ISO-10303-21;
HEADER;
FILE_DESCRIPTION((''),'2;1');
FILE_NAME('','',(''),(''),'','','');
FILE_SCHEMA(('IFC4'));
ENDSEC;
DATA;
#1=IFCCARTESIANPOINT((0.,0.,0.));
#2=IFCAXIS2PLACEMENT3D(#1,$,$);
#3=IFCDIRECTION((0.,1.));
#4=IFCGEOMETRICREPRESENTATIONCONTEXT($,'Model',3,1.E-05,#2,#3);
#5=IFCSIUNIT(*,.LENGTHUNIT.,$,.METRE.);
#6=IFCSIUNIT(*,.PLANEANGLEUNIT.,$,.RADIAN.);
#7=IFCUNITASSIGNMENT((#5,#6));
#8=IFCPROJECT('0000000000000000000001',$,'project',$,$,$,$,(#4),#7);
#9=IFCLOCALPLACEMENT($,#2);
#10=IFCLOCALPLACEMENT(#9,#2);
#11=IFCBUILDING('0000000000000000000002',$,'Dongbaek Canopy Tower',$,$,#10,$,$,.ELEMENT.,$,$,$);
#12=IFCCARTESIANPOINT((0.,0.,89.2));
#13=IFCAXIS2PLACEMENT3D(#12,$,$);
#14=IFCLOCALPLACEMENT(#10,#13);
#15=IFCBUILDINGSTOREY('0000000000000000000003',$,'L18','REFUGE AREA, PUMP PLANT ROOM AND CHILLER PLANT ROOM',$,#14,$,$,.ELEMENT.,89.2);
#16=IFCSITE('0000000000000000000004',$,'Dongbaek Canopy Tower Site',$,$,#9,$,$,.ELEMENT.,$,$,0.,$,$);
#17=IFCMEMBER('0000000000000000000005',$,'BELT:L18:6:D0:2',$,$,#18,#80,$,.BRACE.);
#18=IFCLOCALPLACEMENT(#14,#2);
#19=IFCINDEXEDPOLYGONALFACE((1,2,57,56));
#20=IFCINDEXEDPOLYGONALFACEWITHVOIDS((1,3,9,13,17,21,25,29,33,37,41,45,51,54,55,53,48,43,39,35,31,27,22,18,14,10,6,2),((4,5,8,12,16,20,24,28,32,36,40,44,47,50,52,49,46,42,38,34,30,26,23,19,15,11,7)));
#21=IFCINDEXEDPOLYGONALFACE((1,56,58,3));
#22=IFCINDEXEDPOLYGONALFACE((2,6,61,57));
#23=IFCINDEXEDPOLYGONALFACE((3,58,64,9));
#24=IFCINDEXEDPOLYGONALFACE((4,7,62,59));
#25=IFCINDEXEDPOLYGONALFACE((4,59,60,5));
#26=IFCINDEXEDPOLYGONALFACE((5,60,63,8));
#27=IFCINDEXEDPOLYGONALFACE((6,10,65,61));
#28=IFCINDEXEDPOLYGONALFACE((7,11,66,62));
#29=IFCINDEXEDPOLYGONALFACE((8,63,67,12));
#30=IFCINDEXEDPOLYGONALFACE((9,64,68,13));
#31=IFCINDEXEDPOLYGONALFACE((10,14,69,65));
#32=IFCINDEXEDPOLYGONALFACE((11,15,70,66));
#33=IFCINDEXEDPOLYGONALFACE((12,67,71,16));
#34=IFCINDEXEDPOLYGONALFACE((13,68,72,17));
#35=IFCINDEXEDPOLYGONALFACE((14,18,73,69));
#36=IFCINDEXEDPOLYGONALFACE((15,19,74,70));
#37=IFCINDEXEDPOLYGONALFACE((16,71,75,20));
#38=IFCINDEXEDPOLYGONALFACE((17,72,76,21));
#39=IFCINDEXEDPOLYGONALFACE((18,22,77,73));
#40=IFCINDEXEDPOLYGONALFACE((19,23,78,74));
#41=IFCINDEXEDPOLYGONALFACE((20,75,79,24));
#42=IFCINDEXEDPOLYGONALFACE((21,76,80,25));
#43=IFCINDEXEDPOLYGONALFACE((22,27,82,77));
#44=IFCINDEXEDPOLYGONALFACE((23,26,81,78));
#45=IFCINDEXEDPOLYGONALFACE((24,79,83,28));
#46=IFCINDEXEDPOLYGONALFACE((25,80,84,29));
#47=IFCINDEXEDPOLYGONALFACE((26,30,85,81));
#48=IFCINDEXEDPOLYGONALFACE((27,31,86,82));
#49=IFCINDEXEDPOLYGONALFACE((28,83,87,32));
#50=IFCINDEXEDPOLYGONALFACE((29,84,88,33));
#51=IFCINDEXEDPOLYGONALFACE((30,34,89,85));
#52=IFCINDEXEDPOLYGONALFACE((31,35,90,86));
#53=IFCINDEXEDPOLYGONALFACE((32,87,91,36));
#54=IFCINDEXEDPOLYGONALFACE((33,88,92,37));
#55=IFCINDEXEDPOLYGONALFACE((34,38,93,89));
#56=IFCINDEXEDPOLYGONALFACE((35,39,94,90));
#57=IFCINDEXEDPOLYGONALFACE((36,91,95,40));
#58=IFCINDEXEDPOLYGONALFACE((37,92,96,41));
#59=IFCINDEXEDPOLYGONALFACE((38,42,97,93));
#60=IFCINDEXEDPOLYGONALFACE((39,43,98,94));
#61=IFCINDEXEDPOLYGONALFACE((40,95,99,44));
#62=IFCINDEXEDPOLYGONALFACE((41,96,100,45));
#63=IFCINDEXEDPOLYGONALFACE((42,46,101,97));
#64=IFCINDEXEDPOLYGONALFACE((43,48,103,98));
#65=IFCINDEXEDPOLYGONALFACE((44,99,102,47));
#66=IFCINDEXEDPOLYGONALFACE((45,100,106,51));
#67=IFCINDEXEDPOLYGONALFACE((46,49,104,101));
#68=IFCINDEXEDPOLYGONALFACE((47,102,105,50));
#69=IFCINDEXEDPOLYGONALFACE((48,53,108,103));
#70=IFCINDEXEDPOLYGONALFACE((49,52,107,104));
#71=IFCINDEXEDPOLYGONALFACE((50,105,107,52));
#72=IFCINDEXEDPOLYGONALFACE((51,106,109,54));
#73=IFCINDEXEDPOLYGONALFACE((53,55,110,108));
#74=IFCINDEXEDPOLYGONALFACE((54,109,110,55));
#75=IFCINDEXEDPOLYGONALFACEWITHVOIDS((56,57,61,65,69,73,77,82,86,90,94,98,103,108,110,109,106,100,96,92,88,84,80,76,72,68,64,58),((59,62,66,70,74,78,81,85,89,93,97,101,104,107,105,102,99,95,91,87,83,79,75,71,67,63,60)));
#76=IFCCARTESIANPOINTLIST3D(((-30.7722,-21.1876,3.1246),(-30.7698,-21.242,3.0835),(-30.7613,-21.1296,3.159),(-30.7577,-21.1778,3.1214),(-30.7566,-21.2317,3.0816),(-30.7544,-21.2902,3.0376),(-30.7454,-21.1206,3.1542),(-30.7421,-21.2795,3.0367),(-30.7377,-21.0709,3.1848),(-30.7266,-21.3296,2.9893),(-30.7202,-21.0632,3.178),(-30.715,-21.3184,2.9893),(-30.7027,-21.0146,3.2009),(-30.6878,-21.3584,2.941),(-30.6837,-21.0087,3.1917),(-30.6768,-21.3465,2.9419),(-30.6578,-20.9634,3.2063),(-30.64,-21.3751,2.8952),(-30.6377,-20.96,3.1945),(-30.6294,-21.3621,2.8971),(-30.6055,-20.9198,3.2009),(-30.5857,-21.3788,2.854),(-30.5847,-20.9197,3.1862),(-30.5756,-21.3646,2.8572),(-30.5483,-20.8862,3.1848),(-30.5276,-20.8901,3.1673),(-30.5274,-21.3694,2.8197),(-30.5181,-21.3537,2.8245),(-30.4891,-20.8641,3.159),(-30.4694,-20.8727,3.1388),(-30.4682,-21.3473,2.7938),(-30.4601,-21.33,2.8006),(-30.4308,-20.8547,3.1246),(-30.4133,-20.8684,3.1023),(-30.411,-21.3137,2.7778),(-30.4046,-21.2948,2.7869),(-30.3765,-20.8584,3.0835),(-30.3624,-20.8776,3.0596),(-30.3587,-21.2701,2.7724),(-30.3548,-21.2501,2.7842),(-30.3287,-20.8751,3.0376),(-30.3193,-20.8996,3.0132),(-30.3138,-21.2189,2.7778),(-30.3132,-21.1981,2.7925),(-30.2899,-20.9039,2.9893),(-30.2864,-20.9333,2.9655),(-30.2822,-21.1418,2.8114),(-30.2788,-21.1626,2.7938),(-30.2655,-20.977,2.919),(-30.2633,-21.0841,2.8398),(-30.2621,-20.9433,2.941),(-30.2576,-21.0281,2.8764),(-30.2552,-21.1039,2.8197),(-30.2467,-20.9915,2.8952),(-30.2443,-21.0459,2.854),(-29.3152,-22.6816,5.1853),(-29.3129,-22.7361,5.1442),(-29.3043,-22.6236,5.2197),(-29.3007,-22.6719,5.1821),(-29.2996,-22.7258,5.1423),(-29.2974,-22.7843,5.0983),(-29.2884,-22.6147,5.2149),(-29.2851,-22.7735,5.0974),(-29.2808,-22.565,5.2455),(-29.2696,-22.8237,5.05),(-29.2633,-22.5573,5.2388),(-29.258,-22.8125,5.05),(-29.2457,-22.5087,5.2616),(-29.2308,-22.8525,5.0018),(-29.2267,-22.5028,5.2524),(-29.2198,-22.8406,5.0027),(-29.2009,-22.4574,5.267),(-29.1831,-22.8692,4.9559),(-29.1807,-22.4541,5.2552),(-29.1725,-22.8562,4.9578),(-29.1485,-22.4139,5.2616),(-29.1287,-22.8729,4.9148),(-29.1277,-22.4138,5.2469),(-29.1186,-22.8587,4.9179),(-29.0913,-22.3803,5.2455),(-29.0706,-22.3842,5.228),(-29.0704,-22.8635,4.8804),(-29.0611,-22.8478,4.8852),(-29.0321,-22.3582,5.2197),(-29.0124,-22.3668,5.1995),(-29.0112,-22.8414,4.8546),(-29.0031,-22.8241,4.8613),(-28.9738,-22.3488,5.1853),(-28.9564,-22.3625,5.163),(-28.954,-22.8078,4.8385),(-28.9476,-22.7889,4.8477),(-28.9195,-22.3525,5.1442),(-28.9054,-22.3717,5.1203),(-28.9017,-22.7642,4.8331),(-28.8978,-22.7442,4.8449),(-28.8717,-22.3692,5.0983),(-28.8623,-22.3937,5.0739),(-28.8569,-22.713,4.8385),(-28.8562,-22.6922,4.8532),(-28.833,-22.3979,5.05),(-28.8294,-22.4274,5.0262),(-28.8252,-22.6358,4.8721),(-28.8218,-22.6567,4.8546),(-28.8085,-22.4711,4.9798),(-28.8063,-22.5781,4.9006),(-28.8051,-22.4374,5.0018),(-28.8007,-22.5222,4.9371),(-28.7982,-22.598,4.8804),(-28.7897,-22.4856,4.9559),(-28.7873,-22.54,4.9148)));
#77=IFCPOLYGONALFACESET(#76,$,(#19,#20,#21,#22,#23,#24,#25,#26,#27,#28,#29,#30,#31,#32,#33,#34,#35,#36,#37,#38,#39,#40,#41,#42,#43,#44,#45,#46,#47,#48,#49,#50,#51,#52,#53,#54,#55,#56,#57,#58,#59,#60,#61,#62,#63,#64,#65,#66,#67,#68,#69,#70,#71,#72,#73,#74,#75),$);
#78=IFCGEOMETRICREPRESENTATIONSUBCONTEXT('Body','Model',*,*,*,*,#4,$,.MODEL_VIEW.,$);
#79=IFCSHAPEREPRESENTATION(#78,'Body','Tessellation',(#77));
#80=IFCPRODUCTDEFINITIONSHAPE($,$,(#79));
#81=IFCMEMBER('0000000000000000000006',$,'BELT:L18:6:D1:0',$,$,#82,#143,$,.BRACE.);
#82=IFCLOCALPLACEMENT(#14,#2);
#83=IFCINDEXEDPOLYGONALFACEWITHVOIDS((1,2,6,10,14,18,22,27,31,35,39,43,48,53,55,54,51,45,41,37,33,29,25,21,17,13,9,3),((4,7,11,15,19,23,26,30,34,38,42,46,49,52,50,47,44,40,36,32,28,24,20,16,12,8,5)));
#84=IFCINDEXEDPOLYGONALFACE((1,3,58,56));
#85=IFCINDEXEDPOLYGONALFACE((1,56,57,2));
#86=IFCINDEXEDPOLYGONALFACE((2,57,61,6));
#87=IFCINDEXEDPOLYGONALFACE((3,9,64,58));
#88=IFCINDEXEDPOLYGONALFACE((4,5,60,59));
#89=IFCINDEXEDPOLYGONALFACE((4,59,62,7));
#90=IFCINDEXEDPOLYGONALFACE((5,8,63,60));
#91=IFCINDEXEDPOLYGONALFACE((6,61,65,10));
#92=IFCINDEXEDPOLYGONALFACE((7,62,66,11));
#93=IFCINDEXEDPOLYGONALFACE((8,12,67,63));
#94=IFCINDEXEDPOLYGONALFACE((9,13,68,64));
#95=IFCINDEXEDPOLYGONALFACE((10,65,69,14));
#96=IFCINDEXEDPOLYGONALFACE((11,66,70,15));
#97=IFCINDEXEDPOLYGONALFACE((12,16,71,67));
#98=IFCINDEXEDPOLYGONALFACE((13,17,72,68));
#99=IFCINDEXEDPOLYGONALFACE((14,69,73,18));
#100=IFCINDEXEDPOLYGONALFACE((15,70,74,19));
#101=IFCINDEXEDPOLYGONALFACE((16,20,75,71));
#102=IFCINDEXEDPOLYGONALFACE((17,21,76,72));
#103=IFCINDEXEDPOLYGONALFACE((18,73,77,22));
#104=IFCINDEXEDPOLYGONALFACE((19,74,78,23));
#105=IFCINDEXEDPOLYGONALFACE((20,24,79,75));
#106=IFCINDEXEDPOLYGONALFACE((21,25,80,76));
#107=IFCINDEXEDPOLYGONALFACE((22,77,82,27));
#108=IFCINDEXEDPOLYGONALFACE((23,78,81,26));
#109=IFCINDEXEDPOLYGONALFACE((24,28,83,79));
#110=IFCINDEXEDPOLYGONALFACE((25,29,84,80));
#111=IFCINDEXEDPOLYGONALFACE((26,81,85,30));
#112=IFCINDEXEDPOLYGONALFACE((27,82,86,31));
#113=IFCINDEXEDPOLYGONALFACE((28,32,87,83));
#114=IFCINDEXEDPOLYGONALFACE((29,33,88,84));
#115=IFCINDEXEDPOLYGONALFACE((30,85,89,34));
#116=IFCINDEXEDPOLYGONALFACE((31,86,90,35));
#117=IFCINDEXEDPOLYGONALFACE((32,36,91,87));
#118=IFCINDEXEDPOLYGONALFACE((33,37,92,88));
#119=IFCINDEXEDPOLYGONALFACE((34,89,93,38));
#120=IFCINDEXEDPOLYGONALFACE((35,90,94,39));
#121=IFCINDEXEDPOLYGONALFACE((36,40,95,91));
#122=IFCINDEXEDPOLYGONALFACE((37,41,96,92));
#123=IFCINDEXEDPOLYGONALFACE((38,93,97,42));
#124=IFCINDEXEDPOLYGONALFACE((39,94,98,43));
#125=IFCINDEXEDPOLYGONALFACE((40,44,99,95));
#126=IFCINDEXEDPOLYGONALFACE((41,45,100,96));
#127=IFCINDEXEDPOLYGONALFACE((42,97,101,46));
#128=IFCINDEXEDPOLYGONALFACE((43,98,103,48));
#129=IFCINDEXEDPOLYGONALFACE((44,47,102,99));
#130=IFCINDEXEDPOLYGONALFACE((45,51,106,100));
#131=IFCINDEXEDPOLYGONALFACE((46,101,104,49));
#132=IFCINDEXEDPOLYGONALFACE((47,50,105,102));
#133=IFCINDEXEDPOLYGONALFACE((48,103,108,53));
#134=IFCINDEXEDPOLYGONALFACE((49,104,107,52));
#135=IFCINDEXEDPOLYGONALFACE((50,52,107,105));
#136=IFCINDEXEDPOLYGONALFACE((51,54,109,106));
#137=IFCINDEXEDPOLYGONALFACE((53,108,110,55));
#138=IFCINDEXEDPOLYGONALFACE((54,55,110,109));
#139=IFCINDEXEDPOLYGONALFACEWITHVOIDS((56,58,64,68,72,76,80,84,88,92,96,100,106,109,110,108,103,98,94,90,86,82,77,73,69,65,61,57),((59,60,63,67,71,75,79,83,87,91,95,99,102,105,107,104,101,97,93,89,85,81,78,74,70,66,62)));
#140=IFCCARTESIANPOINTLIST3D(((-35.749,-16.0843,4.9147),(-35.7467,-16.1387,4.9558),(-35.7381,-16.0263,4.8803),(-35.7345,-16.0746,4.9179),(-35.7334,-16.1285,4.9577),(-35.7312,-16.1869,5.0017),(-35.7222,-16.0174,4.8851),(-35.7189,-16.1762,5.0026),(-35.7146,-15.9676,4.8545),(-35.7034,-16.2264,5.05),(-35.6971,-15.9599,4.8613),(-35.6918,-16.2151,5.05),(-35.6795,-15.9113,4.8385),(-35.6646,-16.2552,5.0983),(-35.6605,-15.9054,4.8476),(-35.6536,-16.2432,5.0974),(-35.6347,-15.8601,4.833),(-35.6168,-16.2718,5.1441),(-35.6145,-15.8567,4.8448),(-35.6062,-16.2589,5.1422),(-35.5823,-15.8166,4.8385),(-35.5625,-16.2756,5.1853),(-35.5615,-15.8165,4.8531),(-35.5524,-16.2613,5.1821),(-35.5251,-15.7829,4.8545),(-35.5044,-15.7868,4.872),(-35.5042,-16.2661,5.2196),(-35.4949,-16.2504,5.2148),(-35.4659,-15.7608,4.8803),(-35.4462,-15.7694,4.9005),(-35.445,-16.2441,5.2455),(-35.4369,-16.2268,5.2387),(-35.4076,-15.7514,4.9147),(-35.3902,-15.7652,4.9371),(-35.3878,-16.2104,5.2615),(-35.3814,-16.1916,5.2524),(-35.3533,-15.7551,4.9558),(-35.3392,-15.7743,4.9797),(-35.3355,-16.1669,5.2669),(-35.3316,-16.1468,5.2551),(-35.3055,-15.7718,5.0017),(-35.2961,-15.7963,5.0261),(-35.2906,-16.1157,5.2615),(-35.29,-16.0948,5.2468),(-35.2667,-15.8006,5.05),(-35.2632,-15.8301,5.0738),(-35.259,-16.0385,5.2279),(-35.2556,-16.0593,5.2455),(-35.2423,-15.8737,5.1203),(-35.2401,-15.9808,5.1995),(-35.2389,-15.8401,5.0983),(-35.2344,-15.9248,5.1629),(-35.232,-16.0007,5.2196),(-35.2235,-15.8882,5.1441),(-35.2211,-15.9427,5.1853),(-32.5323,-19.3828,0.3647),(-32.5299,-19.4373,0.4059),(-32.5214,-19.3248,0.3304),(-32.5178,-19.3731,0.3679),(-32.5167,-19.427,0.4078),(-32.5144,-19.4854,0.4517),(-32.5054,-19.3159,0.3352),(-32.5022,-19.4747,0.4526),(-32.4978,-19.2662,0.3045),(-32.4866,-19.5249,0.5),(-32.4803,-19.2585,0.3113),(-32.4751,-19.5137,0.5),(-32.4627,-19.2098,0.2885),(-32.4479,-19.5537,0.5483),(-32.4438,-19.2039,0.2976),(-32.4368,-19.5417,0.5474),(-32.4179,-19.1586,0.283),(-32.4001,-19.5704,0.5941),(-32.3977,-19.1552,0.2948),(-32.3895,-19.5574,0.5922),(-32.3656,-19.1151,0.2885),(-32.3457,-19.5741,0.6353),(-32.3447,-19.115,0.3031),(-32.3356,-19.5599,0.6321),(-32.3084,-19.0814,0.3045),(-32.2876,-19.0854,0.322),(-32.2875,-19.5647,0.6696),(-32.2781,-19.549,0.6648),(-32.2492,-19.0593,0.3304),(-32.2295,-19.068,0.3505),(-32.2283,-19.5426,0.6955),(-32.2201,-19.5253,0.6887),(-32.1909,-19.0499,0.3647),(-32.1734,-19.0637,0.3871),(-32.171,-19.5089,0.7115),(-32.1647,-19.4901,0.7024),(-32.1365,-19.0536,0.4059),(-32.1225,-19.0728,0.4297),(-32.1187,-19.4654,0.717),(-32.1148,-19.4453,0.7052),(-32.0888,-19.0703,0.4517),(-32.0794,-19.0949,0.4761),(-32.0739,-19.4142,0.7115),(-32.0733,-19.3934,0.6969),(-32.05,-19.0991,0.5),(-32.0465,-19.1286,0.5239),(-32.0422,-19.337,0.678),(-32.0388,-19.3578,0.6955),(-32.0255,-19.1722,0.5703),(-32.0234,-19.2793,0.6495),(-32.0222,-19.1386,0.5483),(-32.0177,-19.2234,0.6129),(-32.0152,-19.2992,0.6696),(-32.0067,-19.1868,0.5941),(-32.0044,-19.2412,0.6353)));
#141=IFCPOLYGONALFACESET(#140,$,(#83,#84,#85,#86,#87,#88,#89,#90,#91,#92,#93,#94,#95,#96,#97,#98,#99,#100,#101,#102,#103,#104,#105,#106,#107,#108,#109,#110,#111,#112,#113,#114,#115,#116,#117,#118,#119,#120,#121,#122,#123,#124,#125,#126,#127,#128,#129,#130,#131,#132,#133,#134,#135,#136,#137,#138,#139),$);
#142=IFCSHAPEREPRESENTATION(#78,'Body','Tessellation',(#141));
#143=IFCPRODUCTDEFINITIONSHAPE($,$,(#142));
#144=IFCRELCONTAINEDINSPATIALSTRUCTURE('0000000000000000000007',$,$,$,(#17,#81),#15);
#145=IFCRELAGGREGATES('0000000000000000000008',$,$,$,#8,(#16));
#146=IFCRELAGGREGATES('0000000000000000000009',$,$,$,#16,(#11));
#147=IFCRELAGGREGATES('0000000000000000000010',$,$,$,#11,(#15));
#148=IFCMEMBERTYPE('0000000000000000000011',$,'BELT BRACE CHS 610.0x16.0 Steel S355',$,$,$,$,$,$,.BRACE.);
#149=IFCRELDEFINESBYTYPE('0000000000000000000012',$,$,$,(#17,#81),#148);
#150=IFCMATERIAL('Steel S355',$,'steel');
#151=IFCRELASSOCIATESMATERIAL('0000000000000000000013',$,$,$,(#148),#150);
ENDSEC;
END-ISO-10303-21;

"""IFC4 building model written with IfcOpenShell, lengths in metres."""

from ifc_helpers import new_model, si_unit, direction, frame, origin, origin_2d, place, context, subcontext, project, spatial, hollow_circle, extrude, material, material_profile, profile_set, type_object, element, save


model = new_model("IFC4")

# Units and contexts
model_context = context("Model", 3, precision=1e-05, world=origin(), true_north=direction((0.0, 1.0)))
body_context = subcontext(model_context, "Body", "Model", "MODEL_VIEW")
ifc_project = project(units=[si_unit("LENGTHUNIT", "METRE"), si_unit("PLANEANGLEUNIT", "RADIAN")], contexts=[model_context])

# Site, building, storey
site_placement = place(None, origin())
site = spatial("IfcSite", under=ifc_project, at=site_placement, Name="Dongbaek Canopy Tower Site", CompositionType="ELEMENT", RefElevation=0.0)
building_placement = place(site_placement, origin())
building = spatial("IfcBuilding", under=site, at=building_placement, Name="Dongbaek Canopy Tower", CompositionType="ELEMENT")
storey_placement = place(building_placement, frame((0.0, 0.0, 89.2)))
storey = spatial("IfcBuildingStorey", under=building, at=storey_placement, Name="L18", Description="REFUGE AREA, PUMP PLANT ROOM AND CHILLER PLANT ROOM", CompositionType="ELEMENT", Elevation=89.2)

# Members
ifc_material_1 = material(Name="Steel S355", Category="steel")
ifc_material_profile_1 = material_profile(ifc_material_1, hollow_circle(Radius=0.3049, WallThickness=0.0161, at=origin_2d()), Name="BELT BRACE CHS 610.0x16.0 Steel S355")
ifc_profile_set_1 = profile_set([ifc_material_profile_1], Name="Steel S355")
member_type_1 = type_object("IfcMemberType", Name="BELT BRACE CHS 610.0x16.0 Steel S355", PredefinedType="BRACE", material=ifc_profile_set_1)
for number, where, z_axis, x_axis, name in (
    (1, (-29.0513, -22.6108, 5.05), (-0.496778, 0.509431, -0.702632), (-0.715942, -0.69816, 0.0), "BELT:L18:6:D0:2"),
):
    element("IfcMember", number, at=place(storey_placement, frame(where, z_axis=z_axis, x_axis=x_axis)), inside=storey, type_object=member_type_1, Name=name, PredefinedType="BRACE", context=body_context, shape_type="SweptSolid", body=[
        extrude(hollow_circle(Radius=0.3049, WallThickness=0.0161, at=origin_2d()), origin(), (0.0, 0.0, 1.0), 2.9329),
    ])
member_1_placement = place(storey_placement, frame((-32.2683, -19.312, 0.5), z_axis=(-0.496768, 0.509399, 0.702662), x_axis=(-0.715927, -0.698176, 0.0)))
element("IfcMember", 2, at=member_1_placement, inside=storey, type_object=member_type_1, Name="BELT:L18:6:D1:0", PredefinedType="BRACE", context=body_context, shape_type="SweptSolid", body=[
    extrude(hollow_circle(Radius=0.3049, WallThickness=0.0161, at=origin_2d()), origin(), (0.0, 0.0, 1.0), 6.4753),
])

save(model, "model.ifc")
